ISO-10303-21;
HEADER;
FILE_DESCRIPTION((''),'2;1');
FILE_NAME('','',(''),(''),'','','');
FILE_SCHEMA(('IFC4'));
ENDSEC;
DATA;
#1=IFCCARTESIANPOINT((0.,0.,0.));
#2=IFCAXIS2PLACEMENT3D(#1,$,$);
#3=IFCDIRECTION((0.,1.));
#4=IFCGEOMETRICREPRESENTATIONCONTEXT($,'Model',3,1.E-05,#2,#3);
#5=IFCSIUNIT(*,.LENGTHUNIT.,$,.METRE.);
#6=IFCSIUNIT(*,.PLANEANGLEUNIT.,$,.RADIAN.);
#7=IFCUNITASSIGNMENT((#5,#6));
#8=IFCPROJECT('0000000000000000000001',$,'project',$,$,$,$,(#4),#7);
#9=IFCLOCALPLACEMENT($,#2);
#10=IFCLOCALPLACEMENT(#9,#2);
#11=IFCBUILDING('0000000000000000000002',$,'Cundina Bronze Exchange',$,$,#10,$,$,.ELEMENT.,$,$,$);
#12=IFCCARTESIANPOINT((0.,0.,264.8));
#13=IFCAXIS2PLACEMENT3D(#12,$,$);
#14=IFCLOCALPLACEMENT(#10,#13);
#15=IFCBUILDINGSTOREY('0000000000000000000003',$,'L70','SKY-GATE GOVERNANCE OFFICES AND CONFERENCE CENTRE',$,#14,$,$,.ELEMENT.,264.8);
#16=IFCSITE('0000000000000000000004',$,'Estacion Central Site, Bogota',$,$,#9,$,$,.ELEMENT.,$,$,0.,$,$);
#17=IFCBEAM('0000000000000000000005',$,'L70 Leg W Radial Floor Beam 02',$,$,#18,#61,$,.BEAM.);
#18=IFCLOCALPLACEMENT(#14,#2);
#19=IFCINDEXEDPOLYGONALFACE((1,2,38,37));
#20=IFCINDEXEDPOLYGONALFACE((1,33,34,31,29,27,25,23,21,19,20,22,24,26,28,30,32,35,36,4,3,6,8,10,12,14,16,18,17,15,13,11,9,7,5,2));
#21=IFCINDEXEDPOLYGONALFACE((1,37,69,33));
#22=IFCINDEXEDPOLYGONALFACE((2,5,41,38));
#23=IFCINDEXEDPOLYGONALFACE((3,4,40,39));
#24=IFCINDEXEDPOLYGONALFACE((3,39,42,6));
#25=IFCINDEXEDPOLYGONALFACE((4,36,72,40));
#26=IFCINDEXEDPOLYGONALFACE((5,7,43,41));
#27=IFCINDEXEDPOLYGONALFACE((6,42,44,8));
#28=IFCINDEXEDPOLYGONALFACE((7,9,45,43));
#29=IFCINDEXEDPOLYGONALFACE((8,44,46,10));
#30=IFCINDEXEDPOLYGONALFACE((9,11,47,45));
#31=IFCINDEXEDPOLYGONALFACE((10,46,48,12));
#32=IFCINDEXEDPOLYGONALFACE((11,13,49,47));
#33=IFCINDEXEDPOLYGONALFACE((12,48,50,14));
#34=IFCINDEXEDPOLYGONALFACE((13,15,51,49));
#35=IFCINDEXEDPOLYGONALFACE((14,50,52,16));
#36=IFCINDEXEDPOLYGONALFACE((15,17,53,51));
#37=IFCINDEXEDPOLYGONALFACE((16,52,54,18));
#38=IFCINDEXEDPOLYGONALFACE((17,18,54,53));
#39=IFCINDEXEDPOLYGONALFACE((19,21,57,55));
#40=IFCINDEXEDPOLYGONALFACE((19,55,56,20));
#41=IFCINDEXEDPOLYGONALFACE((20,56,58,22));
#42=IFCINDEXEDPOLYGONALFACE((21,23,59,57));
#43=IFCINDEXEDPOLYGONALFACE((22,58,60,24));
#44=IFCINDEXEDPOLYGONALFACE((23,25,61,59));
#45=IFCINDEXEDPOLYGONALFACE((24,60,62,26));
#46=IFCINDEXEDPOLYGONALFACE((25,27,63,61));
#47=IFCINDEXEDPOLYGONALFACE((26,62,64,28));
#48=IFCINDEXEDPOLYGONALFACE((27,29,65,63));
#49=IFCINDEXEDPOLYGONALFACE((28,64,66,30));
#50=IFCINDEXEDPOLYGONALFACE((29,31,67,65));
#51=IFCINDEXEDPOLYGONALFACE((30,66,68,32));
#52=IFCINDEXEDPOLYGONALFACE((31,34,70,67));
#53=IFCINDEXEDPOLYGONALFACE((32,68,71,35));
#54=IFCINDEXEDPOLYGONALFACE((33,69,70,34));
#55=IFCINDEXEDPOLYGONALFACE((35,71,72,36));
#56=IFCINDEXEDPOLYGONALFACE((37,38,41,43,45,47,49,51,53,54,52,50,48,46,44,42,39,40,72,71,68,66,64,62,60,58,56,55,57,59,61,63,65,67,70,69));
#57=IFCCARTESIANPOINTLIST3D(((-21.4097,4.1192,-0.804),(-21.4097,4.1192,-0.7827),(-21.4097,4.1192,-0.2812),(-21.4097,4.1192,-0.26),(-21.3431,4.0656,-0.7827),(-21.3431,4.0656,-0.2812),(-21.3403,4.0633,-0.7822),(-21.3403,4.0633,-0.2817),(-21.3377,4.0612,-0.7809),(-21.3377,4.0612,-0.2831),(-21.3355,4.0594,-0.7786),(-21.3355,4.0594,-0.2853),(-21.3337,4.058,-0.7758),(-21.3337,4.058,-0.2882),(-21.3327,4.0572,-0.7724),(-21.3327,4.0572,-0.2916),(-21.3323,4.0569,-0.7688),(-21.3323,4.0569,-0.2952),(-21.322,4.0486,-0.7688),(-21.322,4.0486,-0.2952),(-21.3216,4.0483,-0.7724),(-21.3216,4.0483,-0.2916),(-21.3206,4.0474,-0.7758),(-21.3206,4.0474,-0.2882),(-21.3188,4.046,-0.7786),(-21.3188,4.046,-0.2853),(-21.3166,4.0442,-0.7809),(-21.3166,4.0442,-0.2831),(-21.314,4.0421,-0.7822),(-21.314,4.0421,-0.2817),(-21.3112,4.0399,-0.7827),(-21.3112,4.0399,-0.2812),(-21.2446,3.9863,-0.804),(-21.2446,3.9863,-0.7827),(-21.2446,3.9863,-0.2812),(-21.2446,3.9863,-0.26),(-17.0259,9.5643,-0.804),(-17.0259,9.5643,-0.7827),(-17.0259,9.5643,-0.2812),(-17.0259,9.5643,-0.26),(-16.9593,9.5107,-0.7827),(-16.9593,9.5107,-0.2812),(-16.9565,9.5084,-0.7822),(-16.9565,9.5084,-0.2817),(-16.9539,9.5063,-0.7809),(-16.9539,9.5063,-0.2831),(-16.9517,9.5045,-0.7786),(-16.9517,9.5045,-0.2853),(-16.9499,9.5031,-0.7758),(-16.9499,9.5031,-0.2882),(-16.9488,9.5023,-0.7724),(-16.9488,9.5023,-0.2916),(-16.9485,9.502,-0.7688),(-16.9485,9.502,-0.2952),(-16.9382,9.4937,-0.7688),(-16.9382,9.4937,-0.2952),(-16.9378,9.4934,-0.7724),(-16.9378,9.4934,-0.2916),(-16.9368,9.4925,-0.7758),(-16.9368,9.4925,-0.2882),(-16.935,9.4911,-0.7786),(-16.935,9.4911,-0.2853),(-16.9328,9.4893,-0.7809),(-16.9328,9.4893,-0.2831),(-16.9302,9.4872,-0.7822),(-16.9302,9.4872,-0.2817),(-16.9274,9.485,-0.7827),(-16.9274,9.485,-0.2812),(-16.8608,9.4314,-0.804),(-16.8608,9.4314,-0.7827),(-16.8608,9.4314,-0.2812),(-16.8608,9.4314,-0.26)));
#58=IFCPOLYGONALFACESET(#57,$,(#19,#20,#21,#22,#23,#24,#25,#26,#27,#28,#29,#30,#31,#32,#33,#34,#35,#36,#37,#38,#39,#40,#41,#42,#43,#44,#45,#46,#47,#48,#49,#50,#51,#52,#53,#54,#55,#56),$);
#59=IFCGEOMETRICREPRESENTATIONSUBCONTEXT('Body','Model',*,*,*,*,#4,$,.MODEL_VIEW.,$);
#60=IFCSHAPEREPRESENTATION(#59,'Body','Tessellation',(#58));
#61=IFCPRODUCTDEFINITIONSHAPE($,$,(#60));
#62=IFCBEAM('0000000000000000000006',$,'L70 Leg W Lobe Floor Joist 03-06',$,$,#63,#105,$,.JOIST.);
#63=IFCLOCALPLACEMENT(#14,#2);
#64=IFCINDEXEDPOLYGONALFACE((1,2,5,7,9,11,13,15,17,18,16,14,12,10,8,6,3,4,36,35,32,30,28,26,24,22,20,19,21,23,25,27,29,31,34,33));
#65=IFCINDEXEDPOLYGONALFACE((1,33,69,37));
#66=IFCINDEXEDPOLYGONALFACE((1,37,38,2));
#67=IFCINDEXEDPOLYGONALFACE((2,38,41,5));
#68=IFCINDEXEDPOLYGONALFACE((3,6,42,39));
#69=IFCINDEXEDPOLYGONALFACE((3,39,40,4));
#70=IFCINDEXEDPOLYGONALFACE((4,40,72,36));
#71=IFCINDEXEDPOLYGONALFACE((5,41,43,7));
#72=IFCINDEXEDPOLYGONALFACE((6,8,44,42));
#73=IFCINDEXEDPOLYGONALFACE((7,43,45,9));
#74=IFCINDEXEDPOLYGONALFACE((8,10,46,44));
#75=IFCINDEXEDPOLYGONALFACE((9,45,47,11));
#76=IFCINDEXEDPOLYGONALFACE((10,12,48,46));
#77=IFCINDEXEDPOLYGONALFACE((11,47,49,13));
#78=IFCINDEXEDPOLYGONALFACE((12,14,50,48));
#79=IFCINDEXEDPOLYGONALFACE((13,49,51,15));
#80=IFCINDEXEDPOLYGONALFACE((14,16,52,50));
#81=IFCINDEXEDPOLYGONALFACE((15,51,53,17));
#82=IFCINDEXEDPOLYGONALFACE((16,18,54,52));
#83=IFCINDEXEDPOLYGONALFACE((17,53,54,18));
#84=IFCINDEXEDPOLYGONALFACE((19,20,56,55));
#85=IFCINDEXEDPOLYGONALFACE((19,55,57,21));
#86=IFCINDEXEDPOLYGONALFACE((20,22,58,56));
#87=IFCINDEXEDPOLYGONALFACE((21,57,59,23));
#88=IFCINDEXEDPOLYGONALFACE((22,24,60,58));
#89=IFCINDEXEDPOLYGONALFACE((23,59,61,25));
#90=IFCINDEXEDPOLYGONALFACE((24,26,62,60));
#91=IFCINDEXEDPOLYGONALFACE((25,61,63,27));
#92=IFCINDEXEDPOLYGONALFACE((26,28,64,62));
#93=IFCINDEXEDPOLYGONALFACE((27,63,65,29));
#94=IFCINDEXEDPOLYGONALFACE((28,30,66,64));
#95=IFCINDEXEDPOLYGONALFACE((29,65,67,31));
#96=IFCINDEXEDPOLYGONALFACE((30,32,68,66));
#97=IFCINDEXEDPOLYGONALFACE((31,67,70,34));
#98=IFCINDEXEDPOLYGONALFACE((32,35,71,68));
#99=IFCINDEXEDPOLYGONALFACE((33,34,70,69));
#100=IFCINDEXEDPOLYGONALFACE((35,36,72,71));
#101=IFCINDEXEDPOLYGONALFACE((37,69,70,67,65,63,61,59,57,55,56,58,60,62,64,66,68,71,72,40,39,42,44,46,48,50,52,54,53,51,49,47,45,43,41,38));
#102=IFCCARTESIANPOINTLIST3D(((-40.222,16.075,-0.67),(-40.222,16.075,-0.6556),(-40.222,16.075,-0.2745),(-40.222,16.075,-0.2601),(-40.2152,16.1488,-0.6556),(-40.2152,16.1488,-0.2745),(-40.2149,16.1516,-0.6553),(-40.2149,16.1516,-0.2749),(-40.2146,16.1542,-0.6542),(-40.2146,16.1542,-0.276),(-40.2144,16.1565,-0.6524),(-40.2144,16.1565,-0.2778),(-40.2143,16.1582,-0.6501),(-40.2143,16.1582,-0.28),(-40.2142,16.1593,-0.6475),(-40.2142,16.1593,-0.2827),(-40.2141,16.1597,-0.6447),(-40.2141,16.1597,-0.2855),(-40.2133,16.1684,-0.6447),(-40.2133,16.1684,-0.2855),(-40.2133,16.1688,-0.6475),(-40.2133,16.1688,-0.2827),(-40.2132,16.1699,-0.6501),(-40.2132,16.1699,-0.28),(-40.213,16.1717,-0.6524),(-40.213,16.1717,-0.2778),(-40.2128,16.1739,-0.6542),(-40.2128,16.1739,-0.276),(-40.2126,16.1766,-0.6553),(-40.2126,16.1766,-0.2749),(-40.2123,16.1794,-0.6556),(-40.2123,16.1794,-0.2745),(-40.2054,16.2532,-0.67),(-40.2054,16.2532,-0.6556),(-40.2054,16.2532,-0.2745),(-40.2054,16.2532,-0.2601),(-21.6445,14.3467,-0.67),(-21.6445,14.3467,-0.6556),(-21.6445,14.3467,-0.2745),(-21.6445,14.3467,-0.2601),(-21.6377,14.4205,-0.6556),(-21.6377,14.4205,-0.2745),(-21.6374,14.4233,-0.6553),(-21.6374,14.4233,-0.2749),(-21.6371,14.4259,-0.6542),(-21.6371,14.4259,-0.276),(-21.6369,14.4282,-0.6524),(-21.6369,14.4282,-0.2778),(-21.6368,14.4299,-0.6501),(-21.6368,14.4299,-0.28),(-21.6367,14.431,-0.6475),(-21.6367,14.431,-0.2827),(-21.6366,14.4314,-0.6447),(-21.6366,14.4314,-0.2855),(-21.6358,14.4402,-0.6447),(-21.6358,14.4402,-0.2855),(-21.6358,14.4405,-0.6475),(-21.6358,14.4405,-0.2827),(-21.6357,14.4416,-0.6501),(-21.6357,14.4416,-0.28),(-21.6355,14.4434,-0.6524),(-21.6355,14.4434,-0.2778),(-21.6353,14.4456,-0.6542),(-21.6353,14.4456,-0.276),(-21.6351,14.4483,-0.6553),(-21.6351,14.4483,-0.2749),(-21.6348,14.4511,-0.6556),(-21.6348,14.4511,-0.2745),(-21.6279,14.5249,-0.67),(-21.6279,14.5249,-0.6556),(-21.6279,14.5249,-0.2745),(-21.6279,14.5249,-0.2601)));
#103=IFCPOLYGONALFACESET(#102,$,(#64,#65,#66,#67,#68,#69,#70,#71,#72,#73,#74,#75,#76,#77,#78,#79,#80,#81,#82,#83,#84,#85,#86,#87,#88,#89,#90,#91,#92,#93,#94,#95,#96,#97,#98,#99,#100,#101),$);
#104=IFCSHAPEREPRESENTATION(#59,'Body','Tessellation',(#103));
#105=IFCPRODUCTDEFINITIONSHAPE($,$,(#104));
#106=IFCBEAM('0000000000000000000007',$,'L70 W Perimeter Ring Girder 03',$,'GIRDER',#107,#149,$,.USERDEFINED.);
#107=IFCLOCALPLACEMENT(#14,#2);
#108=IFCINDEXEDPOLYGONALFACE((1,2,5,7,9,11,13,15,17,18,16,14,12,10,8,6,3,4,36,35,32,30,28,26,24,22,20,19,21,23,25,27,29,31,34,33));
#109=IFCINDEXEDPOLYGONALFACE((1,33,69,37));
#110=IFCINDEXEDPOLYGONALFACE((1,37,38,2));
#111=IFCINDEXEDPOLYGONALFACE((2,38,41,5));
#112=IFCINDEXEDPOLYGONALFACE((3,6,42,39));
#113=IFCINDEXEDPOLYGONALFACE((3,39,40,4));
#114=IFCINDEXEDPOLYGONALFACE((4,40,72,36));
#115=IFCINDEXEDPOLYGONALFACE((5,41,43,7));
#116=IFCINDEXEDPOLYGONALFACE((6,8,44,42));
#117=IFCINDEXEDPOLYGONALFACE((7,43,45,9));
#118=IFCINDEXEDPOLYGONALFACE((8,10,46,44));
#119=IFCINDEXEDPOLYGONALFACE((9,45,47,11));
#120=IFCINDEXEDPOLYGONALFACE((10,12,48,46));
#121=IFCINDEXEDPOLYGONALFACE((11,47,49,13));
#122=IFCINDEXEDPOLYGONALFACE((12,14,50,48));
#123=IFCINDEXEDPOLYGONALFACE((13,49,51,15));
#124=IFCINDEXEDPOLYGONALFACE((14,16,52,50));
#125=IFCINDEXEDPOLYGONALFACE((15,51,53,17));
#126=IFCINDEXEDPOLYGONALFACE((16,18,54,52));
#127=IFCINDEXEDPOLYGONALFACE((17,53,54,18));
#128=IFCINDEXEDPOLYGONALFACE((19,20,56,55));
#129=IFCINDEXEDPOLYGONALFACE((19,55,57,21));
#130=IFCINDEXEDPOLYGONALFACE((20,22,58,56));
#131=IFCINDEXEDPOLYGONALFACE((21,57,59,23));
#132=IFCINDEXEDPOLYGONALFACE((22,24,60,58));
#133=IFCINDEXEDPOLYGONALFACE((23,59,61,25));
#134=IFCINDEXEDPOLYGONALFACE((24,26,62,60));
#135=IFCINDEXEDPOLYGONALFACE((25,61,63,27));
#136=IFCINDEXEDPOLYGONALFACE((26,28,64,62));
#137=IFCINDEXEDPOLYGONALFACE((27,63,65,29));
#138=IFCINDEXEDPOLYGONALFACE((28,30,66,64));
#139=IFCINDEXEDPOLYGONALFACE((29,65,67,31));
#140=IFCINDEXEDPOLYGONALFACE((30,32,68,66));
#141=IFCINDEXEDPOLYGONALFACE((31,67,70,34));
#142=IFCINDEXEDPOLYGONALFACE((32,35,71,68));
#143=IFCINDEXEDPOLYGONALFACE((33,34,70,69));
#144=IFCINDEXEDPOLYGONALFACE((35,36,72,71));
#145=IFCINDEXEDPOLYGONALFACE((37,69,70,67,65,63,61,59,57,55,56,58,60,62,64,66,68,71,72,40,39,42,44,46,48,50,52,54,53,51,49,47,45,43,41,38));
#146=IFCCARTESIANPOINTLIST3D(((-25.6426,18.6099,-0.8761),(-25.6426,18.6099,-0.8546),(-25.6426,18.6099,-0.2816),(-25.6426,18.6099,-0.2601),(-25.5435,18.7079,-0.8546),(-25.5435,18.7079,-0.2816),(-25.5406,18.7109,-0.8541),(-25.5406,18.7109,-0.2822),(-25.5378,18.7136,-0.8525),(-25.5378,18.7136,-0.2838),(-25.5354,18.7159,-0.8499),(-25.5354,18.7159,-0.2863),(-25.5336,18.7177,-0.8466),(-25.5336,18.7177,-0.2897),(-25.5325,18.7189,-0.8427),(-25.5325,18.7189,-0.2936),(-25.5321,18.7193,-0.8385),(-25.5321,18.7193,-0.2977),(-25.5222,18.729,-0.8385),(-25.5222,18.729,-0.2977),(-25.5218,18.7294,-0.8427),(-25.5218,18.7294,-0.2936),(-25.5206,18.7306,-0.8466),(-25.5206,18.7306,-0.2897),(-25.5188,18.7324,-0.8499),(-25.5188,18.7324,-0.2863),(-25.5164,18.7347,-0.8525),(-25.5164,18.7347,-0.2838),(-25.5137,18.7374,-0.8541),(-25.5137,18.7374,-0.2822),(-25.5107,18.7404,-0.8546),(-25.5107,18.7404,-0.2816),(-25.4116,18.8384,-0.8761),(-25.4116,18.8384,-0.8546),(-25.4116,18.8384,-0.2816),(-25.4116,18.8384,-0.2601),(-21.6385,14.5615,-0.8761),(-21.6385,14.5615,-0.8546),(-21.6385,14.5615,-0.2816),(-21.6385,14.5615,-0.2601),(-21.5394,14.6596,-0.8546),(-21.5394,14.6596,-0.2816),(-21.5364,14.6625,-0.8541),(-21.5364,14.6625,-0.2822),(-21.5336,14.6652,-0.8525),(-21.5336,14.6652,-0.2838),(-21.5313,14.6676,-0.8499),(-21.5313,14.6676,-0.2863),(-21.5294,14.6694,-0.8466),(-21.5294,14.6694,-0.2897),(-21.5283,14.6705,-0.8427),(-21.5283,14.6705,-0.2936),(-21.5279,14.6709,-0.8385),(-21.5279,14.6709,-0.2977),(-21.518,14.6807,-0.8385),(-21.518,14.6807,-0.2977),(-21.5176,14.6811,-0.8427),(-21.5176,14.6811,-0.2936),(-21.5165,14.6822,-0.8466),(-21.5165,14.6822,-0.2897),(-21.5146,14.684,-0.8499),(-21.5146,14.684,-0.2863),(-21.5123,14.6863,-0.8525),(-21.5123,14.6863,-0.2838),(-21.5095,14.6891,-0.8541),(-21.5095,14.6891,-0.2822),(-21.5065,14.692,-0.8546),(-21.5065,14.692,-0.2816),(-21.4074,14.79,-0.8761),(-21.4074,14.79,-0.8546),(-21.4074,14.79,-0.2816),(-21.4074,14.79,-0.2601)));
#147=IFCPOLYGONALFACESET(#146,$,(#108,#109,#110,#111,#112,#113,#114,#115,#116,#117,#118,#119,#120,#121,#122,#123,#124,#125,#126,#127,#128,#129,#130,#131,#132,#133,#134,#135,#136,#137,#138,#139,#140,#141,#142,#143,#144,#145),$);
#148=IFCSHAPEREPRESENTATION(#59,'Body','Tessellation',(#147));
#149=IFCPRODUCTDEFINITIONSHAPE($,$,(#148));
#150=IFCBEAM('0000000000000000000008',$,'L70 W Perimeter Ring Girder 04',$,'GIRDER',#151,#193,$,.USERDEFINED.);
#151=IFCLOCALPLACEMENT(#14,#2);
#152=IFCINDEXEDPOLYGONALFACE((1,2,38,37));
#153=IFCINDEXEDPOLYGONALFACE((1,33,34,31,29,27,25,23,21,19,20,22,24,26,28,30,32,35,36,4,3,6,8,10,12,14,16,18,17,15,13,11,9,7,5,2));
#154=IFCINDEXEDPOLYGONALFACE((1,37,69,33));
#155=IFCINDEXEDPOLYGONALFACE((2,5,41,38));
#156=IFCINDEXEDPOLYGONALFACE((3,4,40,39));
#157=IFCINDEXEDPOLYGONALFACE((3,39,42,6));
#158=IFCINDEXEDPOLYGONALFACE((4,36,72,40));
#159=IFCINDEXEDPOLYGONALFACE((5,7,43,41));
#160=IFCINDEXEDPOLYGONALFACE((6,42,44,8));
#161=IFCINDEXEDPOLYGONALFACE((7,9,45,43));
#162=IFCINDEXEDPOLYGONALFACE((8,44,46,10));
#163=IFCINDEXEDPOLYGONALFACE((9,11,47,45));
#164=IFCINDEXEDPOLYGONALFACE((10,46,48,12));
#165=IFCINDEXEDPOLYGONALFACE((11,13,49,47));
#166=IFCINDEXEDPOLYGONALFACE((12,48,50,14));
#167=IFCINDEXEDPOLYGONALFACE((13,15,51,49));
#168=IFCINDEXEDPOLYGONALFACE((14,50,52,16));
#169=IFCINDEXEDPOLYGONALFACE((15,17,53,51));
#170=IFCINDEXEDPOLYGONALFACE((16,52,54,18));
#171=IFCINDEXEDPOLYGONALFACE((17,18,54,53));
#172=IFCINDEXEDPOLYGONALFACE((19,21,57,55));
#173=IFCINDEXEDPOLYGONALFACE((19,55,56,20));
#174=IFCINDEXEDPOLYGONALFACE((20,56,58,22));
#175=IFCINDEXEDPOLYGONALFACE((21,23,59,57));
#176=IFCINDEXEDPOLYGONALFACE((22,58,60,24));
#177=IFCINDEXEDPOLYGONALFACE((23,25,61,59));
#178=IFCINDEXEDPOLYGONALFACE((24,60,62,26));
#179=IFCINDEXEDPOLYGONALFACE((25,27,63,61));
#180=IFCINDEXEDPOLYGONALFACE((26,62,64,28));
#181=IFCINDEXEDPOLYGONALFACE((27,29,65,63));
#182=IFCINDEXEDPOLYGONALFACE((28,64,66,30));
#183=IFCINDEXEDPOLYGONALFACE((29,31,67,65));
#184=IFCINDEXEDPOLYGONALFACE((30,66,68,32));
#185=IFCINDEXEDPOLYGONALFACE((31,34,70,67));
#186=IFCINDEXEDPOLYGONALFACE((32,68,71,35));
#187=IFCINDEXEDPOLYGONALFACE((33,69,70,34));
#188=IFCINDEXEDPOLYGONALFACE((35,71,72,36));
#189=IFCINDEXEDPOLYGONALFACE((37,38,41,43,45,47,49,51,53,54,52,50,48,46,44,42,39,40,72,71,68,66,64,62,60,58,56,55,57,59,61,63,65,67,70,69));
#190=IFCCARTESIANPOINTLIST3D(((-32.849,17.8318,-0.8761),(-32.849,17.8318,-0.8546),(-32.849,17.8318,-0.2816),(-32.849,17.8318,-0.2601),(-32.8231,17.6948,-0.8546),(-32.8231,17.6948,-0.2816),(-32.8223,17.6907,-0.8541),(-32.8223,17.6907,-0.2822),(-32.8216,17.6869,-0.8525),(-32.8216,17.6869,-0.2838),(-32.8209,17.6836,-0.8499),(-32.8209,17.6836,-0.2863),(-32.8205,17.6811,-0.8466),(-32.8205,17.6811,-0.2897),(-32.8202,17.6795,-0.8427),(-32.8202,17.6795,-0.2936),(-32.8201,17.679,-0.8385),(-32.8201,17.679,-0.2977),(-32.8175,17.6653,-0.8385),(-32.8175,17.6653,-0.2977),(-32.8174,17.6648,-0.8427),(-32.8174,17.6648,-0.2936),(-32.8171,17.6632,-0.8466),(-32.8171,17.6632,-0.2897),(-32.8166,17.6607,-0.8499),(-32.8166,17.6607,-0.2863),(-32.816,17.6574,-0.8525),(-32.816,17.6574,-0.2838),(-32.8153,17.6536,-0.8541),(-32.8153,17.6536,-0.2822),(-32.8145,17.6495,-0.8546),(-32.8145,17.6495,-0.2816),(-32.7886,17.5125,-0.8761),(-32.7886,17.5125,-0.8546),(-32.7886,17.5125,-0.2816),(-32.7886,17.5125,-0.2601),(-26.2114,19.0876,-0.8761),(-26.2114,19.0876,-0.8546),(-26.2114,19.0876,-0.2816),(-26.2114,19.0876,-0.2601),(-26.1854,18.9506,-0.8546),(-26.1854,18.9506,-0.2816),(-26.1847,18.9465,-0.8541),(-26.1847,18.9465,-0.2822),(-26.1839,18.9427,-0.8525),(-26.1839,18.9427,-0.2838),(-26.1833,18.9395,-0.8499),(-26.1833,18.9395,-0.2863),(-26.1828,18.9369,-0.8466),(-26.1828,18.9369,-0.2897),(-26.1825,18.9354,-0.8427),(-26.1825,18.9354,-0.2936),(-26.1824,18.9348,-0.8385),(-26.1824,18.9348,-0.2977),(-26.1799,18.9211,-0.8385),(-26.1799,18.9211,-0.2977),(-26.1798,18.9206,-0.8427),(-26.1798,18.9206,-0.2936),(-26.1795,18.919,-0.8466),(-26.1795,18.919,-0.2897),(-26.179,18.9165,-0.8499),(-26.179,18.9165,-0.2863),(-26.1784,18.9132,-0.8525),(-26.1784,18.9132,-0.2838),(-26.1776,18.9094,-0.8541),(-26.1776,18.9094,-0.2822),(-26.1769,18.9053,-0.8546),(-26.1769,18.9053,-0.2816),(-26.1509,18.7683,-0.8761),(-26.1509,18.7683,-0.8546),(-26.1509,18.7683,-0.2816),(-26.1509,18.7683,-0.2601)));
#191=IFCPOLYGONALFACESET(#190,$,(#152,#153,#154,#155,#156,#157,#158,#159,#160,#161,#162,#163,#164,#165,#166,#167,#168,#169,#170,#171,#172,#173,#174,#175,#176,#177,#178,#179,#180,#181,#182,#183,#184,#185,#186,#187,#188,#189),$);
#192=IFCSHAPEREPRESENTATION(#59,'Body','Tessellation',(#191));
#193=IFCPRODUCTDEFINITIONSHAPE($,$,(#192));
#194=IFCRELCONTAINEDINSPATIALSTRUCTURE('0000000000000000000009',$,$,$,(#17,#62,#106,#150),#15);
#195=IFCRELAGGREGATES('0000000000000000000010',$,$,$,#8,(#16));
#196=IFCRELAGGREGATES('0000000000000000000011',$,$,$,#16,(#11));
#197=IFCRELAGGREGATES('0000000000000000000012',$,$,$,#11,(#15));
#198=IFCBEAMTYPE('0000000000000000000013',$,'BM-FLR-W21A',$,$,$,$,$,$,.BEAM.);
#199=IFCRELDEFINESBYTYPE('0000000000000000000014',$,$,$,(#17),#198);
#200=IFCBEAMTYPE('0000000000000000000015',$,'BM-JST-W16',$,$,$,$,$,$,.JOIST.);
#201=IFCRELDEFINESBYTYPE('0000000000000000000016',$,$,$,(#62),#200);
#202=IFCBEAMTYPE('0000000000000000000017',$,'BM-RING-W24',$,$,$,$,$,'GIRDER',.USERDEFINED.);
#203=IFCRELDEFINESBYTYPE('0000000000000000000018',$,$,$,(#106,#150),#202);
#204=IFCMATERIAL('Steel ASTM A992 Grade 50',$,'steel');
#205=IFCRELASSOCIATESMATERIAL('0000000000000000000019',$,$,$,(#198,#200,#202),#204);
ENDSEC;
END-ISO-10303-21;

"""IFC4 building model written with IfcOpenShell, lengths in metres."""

from ifc_helpers import new_model, si_unit, direction, frame, origin, origin_2d, place, context, subcontext, project, spatial, i_section, extrude, material, material_profile, profile_set, type_object, element, save


model = new_model("IFC4")

# Units and contexts
model_context = context("Model", 3, precision=1e-05, world=origin(), true_north=direction((0.0, 1.0)))
body_context = subcontext(model_context, "Body", "Model", "MODEL_VIEW")
ifc_project = project(units=[si_unit("LENGTHUNIT", "METRE"), si_unit("PLANEANGLEUNIT", "RADIAN")], contexts=[model_context])

# Site, building, storey
site_placement = place(None, origin())
site = spatial("IfcSite", under=ifc_project, at=site_placement, Name="Estacion Central Site, Bogota", CompositionType="ELEMENT", RefElevation=0.0)
building_placement = place(site_placement, origin())
building = spatial("IfcBuilding", under=site, at=building_placement, Name="Cundina Bronze Exchange", CompositionType="ELEMENT")
storey_placement = place(building_placement, frame((0.0, 0.0, 264.8)))
storey = spatial("IfcBuildingStorey", under=building, at=storey_placement, Name="L70", Description="SKY-GATE GOVERNANCE OFFICES AND CONFERENCE CENTRE", CompositionType="ELEMENT", Elevation=264.8)

# Shared definitions
ifc_material_1 = material(Name="Steel ASTM A992 Grade 50", Category="steel")

# Beams
ifc_material_profile_1 = material_profile(ifc_material_1, i_section(OverallWidth=0.2119, OverallDepth=0.5439, WebThickness=0.0132, FlangeThickness=0.0212, FilletRadius=0.0139, at=origin_2d()), Name="W21X83", Category="steel")
ifc_profile_set_1 = profile_set([ifc_material_profile_1], Name="Steel ASTM A992 Grade 50")
beam_type_1 = type_object("IfcBeamType", Name="BM-FLR-W21A", PredefinedType="BEAM", material=ifc_profile_set_1)
beam_1_placement = place(storey_placement, frame((-21.3271, 4.0527, -0.532), z_axis=(0.627111, 0.77893, 0.0), x_axis=(-0.77893, 0.627111, 0.0)))
element("IfcBeam", 1, at=beam_1_placement, inside=storey, type_object=beam_type_1, Name="L70 Leg W Radial Floor Beam 02", PredefinedType="BEAM", context=body_context, shape_type="SweptSolid", body=[
    extrude(i_section(OverallWidth=0.2119, OverallDepth=0.5439, WebThickness=0.0132, FlangeThickness=0.0212, FilletRadius=0.0139, at=origin_2d()), origin(), (0.0, 0.0, 1.0), 6.9905),
])
ifc_material_profile_2 = material_profile(ifc_material_1, i_section(OverallWidth=0.179, OverallDepth=0.4099, WebThickness=0.0088, FlangeThickness=0.0144, FilletRadius=0.011, at=origin_2d()), Name="W16X45", Category="steel")
ifc_profile_set_2 = profile_set([ifc_material_profile_2], Name="Steel ASTM A992 Grade 50")
beam_type_2 = type_object("IfcBeamType", Name="BM-JST-W16", PredefinedType="JOIST", material=ifc_profile_set_2)
beam_2_placement = place(storey_placement, frame((-21.6362, 14.4358, -0.4651), z_axis=(-0.995701, 0.092631, 0.0), x_axis=(-0.092631, -0.995701, 0.0)))
element("IfcBeam", 2, at=beam_2_placement, inside=storey, type_object=beam_type_2, Name="L70 Leg W Lobe Floor Joist 03-06", PredefinedType="JOIST", context=body_context, shape_type="SweptSolid", body=[
    extrude(i_section(OverallWidth=0.179, OverallDepth=0.4099, WebThickness=0.0088, FlangeThickness=0.0144, FilletRadius=0.011, at=origin_2d()), origin(), (0.0, 0.0, 1.0), 18.6577),
])
ifc_material_profile_3 = material_profile(ifc_material_1, i_section(OverallWidth=0.325, OverallDepth=0.616, WebThickness=0.0139, FlangeThickness=0.0215, FilletRadius=0.0161, at=origin_2d()), Name="W24X117", Category="steel")
ifc_profile_set_3 = profile_set([ifc_material_profile_3], Name="Steel ASTM A992 Grade 50")
beam_type_3 = type_object("IfcBeamType", Name="BM-RING-W24", ElementType="GIRDER", PredefinedType="USERDEFINED", material=ifc_profile_set_3)
beam_3_placement = place(storey_placement, frame((-21.5229, 14.6758, -0.5681), z_axis=(-0.703216, 0.710976, 0.0), x_axis=(-0.710976, -0.703216, 0.0)))
element("IfcBeam", 3, at=beam_3_placement, inside=storey, type_object=beam_type_3, Name="L70 W Perimeter Ring Girder 03", ObjectType="GIRDER", PredefinedType="USERDEFINED", context=body_context, shape_type="SweptSolid", body=[
    extrude(i_section(OverallWidth=0.325, OverallDepth=0.616, WebThickness=0.0139, FlangeThickness=0.0215, FilletRadius=0.0161, at=origin_2d()), origin(), (0.0, 0.0, 1.0), 5.6941),
])
beam_4_placement = place(storey_placement, frame((-26.1812, 18.928, -0.5681), z_axis=(-0.982568, -0.185903, 0.0), x_axis=(0.185903, -0.982568, 0.0)))
element("IfcBeam", 4, at=beam_4_placement, inside=storey, type_object=beam_type_3, Name="L70 W Perimeter Ring Girder 04", ObjectType="GIRDER", PredefinedType="USERDEFINED", context=body_context, shape_type="SweptSolid", body=[
    extrude(i_section(OverallWidth=0.325, OverallDepth=0.616, WebThickness=0.0139, FlangeThickness=0.0215, FilletRadius=0.0161, at=origin_2d()), origin(), (0.0, 0.0, 1.0), 6.7554),
])

save(model, "model.ifc")
